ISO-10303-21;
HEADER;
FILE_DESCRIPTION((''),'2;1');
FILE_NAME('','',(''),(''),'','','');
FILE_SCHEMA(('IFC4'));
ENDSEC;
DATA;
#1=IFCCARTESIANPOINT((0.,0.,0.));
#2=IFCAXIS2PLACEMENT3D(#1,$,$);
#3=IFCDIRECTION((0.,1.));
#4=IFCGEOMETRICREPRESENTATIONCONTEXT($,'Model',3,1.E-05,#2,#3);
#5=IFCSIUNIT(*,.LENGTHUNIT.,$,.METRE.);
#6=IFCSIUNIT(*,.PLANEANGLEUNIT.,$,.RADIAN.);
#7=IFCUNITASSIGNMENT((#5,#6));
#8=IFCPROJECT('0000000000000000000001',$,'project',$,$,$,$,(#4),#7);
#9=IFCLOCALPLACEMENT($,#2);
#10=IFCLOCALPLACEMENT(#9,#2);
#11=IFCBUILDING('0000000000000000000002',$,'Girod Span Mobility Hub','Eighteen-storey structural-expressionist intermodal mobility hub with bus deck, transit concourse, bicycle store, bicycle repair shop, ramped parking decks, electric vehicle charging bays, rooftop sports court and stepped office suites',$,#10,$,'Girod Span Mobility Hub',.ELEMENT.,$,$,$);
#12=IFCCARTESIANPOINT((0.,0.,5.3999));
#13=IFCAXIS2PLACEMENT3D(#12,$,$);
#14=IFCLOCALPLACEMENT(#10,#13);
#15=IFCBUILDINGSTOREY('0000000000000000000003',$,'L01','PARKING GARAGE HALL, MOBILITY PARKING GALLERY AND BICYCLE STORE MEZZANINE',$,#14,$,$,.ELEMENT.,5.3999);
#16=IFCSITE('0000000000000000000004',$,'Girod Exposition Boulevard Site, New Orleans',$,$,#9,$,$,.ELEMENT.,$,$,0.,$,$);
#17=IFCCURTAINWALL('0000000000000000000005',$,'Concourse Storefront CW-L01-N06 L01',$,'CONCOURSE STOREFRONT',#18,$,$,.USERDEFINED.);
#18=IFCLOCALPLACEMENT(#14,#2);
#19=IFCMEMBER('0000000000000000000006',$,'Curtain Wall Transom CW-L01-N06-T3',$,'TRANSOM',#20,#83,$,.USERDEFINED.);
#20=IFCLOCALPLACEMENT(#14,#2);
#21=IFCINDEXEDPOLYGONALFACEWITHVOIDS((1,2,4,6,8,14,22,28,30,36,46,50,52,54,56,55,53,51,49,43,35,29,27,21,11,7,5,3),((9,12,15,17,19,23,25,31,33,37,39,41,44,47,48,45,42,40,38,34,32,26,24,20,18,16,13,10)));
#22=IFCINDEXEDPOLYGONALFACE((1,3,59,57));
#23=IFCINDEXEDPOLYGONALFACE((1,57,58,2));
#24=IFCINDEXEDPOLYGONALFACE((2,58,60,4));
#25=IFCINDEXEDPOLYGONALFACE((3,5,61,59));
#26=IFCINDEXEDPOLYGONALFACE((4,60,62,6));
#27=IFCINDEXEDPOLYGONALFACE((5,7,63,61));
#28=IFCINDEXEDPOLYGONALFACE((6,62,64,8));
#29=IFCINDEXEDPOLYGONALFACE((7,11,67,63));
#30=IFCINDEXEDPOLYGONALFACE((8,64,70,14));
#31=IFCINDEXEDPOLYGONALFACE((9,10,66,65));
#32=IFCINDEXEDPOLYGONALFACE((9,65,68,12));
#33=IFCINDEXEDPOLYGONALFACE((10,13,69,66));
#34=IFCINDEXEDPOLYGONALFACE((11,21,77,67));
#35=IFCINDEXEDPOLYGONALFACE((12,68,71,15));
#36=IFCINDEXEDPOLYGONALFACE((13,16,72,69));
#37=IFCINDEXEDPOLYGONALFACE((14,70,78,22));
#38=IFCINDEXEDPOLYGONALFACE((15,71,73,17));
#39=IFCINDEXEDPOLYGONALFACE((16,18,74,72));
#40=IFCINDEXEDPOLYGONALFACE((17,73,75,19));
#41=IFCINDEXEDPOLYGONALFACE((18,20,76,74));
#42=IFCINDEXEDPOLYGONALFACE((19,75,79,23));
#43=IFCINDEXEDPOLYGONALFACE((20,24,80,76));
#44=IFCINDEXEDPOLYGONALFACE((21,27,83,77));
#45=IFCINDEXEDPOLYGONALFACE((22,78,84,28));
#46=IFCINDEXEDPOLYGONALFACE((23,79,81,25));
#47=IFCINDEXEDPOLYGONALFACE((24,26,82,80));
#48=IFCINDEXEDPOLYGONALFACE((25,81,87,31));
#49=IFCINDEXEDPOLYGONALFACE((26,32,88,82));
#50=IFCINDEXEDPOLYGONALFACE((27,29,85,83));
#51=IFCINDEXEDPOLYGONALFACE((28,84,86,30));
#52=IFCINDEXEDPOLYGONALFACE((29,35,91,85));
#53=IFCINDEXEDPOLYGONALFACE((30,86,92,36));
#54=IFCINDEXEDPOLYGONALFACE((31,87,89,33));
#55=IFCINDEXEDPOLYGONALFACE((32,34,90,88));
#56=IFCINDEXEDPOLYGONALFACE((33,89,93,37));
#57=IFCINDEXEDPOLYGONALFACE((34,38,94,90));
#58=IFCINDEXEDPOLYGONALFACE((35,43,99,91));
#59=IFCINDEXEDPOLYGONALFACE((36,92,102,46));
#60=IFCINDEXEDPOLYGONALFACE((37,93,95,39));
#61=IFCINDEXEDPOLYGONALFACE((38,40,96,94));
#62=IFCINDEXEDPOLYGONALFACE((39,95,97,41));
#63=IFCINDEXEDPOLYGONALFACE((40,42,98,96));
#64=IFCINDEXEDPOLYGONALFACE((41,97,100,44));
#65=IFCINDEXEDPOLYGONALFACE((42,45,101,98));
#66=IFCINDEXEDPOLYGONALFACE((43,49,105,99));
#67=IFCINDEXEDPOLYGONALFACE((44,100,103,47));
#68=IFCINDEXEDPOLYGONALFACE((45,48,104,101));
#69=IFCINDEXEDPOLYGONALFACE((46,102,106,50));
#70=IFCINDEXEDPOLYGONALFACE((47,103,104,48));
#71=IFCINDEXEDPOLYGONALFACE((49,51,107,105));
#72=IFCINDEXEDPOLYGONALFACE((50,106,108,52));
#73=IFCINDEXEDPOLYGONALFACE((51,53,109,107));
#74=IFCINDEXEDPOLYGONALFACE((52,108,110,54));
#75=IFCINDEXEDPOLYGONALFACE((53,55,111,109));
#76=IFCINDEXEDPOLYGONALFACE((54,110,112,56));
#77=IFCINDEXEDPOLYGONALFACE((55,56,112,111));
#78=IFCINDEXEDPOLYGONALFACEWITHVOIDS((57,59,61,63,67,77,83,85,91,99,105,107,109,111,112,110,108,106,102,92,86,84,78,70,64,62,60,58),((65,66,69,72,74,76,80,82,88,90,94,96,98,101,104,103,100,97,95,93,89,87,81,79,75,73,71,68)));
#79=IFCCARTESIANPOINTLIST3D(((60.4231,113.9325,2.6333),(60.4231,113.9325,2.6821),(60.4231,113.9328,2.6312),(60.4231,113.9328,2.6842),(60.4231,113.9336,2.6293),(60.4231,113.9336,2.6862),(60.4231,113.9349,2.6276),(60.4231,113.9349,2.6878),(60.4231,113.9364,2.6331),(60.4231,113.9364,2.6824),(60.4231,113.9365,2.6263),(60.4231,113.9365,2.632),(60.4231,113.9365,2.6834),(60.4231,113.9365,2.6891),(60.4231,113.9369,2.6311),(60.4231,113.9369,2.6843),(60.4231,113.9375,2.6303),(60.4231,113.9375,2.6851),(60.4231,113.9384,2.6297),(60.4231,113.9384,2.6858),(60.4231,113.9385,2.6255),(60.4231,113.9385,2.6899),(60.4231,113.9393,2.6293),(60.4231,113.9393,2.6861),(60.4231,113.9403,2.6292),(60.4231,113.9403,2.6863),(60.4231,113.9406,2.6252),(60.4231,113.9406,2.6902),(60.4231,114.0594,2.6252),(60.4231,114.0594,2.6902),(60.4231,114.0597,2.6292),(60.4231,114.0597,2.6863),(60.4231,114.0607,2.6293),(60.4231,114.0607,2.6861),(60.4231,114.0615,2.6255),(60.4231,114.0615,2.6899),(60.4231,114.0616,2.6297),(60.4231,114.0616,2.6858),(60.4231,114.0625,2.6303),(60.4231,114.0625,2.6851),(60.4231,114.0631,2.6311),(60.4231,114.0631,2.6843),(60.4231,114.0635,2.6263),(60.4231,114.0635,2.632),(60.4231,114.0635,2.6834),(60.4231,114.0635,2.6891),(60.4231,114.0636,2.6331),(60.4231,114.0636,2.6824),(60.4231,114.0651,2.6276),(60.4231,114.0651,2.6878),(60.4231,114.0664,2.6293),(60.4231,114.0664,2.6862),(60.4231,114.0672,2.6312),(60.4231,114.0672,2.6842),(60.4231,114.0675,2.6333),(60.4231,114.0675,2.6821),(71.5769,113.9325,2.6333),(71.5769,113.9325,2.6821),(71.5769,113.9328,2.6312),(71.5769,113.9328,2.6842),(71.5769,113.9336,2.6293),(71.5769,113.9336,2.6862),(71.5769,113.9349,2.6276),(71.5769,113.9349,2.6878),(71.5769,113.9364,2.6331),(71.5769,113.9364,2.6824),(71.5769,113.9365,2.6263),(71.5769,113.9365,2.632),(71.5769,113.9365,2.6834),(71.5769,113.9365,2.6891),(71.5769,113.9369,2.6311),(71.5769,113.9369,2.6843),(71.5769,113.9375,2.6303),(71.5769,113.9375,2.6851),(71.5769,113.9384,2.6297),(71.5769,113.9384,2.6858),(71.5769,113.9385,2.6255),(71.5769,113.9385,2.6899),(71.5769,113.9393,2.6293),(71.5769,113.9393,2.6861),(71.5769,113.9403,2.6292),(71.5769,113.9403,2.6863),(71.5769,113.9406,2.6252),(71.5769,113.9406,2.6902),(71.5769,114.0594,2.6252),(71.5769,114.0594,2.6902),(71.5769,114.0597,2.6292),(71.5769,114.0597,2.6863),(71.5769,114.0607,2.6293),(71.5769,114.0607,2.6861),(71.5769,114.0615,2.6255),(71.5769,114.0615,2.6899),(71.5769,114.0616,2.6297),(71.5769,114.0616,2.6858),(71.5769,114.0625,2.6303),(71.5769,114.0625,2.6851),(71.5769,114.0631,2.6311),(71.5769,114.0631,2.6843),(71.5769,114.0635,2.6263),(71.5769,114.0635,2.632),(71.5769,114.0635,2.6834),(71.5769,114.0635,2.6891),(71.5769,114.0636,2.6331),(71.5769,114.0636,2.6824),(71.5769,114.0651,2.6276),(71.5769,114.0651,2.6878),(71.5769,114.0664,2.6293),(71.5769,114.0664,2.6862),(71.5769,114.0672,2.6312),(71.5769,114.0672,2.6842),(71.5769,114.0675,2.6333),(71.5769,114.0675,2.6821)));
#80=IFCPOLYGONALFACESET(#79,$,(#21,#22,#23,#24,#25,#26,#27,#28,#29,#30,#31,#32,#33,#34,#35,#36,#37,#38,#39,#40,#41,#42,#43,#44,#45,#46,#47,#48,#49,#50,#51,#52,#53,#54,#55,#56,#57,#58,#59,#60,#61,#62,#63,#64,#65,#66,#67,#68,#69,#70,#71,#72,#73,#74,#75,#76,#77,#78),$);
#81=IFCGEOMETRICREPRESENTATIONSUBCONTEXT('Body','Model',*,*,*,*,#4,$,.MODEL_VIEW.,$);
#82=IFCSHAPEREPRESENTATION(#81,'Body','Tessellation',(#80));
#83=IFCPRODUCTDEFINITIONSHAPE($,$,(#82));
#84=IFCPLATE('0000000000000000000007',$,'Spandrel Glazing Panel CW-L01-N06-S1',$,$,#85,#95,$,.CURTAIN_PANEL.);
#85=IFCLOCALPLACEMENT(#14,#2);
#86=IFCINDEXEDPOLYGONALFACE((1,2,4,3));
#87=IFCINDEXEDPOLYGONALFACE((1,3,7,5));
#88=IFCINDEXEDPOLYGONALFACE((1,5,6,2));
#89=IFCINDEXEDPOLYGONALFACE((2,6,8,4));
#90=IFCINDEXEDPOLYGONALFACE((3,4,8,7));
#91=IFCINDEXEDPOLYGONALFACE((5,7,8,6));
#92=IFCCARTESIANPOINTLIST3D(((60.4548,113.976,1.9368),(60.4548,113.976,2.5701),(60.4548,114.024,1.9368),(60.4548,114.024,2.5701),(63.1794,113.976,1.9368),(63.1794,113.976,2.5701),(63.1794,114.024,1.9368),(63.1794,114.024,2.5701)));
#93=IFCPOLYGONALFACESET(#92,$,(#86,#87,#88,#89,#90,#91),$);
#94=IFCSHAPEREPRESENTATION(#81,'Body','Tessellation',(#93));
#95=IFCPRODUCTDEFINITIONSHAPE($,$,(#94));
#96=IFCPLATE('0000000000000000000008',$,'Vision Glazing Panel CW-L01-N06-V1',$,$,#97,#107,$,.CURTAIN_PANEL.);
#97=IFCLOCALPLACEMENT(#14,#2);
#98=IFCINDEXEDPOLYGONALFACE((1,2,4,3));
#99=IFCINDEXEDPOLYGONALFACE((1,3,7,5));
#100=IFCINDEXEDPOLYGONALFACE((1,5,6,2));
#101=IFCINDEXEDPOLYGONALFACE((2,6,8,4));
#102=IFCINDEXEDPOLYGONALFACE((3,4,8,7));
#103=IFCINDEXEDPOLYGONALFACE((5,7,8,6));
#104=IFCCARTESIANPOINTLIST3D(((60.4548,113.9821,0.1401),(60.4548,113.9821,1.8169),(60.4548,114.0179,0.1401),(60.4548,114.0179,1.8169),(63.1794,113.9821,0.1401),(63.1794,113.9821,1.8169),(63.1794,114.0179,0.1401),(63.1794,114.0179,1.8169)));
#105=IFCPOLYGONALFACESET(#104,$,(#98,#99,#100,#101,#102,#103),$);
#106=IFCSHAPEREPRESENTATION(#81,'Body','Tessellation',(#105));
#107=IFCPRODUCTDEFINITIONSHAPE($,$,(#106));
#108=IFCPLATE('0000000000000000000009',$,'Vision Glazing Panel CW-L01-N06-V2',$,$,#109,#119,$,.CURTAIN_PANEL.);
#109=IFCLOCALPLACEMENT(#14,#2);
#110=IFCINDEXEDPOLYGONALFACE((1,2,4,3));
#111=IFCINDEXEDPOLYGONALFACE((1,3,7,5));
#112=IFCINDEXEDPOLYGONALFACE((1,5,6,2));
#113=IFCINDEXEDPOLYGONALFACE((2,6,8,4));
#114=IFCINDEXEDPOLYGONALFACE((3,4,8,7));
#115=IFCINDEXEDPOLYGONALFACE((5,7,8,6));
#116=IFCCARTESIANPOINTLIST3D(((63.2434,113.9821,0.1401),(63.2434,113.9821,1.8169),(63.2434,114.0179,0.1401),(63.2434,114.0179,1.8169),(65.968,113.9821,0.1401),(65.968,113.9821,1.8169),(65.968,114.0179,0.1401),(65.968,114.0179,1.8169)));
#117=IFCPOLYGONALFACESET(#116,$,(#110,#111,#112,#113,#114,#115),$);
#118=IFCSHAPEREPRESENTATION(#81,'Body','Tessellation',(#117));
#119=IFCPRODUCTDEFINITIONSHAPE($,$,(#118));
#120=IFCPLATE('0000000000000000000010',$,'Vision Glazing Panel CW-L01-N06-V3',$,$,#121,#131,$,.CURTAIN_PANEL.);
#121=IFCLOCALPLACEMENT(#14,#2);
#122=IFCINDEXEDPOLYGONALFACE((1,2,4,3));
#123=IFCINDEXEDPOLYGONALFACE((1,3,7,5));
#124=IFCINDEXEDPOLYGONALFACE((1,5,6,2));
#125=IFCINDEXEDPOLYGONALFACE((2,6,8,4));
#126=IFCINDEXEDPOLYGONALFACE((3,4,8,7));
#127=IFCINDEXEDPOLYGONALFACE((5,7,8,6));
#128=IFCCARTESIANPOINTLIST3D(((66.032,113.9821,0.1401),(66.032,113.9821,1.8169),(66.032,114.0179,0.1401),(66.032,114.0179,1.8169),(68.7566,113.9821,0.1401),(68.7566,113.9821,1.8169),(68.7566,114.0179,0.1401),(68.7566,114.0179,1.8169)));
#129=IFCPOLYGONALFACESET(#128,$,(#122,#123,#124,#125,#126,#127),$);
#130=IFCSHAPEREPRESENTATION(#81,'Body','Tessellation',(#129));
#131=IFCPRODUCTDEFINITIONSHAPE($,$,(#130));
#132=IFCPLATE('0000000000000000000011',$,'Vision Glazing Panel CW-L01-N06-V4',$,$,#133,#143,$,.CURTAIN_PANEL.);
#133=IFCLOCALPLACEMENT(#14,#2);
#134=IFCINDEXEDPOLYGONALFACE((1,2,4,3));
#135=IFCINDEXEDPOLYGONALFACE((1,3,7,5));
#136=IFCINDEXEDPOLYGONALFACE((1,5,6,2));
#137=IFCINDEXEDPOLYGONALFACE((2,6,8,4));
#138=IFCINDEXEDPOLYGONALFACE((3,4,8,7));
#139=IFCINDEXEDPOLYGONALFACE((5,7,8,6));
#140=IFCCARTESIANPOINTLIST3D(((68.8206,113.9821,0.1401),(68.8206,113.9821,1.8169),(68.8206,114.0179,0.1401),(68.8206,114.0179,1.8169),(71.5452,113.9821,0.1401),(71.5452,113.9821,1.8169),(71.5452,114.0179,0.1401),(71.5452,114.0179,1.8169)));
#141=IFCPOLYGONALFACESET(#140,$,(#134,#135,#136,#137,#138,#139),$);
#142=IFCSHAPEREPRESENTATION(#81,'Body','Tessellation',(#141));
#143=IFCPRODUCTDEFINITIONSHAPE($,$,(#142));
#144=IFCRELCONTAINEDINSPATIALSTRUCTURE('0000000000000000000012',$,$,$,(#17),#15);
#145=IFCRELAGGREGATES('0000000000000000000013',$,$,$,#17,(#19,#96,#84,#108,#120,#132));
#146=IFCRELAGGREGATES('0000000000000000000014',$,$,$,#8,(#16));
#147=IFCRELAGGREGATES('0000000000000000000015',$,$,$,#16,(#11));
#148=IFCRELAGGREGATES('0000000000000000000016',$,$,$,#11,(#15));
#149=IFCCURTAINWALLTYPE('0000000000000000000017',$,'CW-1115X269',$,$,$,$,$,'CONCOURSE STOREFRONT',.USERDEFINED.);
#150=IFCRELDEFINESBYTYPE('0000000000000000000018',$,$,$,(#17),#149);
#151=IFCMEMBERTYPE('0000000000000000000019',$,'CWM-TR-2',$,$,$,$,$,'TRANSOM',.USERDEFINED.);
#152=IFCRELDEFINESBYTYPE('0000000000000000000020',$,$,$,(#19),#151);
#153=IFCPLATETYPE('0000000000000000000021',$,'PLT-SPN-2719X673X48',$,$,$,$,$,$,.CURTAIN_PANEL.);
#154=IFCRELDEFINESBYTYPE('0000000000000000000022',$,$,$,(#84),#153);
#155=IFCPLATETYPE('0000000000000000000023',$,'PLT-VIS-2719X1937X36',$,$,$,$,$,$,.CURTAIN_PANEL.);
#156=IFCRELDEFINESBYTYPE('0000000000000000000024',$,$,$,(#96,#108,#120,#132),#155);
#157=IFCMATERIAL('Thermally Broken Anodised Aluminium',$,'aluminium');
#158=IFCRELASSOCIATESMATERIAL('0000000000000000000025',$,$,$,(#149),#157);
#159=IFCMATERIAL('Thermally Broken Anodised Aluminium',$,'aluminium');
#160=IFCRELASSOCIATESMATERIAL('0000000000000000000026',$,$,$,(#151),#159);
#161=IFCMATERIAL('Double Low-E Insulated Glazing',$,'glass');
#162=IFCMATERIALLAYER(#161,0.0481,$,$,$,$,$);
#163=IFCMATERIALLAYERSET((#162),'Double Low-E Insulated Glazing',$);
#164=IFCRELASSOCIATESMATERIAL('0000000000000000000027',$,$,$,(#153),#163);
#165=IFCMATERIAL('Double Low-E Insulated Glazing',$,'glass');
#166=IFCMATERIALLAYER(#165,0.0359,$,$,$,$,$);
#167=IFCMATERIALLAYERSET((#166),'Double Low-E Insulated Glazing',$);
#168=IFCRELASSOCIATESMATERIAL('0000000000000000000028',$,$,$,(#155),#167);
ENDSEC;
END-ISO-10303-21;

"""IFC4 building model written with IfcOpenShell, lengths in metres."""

from ifc_helpers import new_model, si_unit, direction, frame, origin, origin_2d, place, context, subcontext, project, spatial, rectangle, hollow_rectangle, extrude, material, layer, layer_set, material_profile, profile_set, type_object, element, aggregate, save


model = new_model("IFC4")

# Units and contexts
model_context = context("Model", 3, precision=1e-05, world=origin(), true_north=direction((0.0, 1.0)))
body_context = subcontext(model_context, "Body", "Model", "MODEL_VIEW")
ifc_project = project(units=[si_unit("LENGTHUNIT", "METRE"), si_unit("PLANEANGLEUNIT", "RADIAN")], contexts=[model_context])

# Site, building, storey
site_placement = place(None, origin())
site = spatial("IfcSite", under=ifc_project, at=site_placement, Name="Girod Exposition Boulevard Site, New Orleans", CompositionType="ELEMENT", RefElevation=0.0)
building_placement = place(site_placement, origin())
building = spatial("IfcBuilding", under=site, at=building_placement, Name="Girod Span Mobility Hub", Description="Eighteen-storey structural-expressionist intermodal mobility hub with bus deck, transit concourse, bicycle store, bicycle repair shop, ramped parking decks, electric vehicle charging bays, rooftop sports court and stepped office suites", LongName="Girod Span Mobility Hub", CompositionType="ELEMENT")
storey_placement = place(building_placement, frame((0.0, 0.0, 5.3999)))
storey = spatial("IfcBuildingStorey", under=building, at=storey_placement, Name="L01", Description="PARKING GARAGE HALL, MOBILITY PARKING GALLERY AND BICYCLE STORE MEZZANINE", CompositionType="ELEMENT", Elevation=5.3999)

# Curtain wall, member, plates
ifc_material_1 = material(Name="Thermally Broken Anodised Aluminium", Category="aluminium")
curtain_wall_type = type_object("IfcCurtainWallType", Name="CW-1115X269", ElementType="CONCOURSE STOREFRONT", PredefinedType="USERDEFINED", material=ifc_material_1)
curtain_wall_placement = place(storey_placement, origin())
curtain_wall = element("IfcCurtainWall", 1, at=curtain_wall_placement, inside=storey, type_object=curtain_wall_type, Name="Concourse Storefront CW-L01-N06 L01", ObjectType="CONCOURSE STOREFRONT", PredefinedType="USERDEFINED")
ifc_material_2 = material(Name="Thermally Broken Anodised Aluminium", Category="aluminium")
ifc_material_profile_1 = material_profile(ifc_material_2, hollow_rectangle(XDim=0.135, YDim=0.0649, WallThickness=0.0039, InnerFilletRadius=0.0039, OuterFilletRadius=0.0081, at=origin_2d()), Name="CW-TR-65X135")
ifc_profile_set_1 = profile_set([ifc_material_profile_1], Name="Thermally Broken Anodised Aluminium")
member_type_1 = type_object("IfcMemberType", Name="CWM-TR-2", ElementType="TRANSOM", PredefinedType="USERDEFINED", material=ifc_profile_set_1)
member_1_placement = place(storey_placement, frame((60.4231, 114.0, 2.6577), z_axis=(1.0, 0.0, 0.0), x_axis=(0.0, 1.0, 0.0)))
member_1 = element("IfcMember", 2, at=member_1_placement, type_object=member_type_1, Name="Curtain Wall Transom CW-L01-N06-T3", ObjectType="TRANSOM", PredefinedType="USERDEFINED", context=body_context, shape_type="SweptSolid", body=[
    extrude(hollow_rectangle(XDim=0.135, YDim=0.0649, WallThickness=0.0039, InnerFilletRadius=0.0039, OuterFilletRadius=0.0081, at=origin_2d()), origin(), (0.0, 0.0, 1.0), 11.1538),
])
ifc_material_3 = material(Name="Double Low-E Insulated Glazing", Category="glass")
ifc_layer_1 = layer(ifc_material_3, 0.0481)
ifc_layer_set_1 = layer_set([ifc_layer_1], Name="Double Low-E Insulated Glazing")
plate_type_1 = type_object("IfcPlateType", Name="PLT-SPN-2719X673X48", PredefinedType="CURTAIN_PANEL", material=ifc_layer_set_1)
plate_1_placement = place(storey_placement, frame((61.8171, 114.0, 1.9368), z_axis=(0.0, 0.0, 1.0), x_axis=(1.0, 0.0, 0.0)))
plate_1 = element("IfcPlate", 3, at=plate_1_placement, type_object=plate_type_1, Name="Spandrel Glazing Panel CW-L01-N06-S1", PredefinedType="CURTAIN_PANEL", context=body_context, shape_type="SweptSolid", body=[
    extrude(rectangle(XDim=2.7246, YDim=0.0481, at=origin_2d()), origin(), (0.0, 0.0, 1.0), 0.6333),
])
ifc_material_4 = material(Name="Double Low-E Insulated Glazing", Category="glass")
ifc_layer_2 = layer(ifc_material_4, 0.0359)
ifc_layer_set_2 = layer_set([ifc_layer_2], Name="Double Low-E Insulated Glazing")
plate_type_2 = type_object("IfcPlateType", Name="PLT-VIS-2719X1937X36", PredefinedType="CURTAIN_PANEL", material=ifc_layer_set_2)
plate_2_placement = place(storey_placement, frame((61.8171, 114.0, 0.1401), z_axis=(0.0, 0.0, 1.0), x_axis=(1.0, 0.0, 0.0)))
plate_2 = element("IfcPlate", 4, at=plate_2_placement, type_object=plate_type_2, Name="Vision Glazing Panel CW-L01-N06-V1", PredefinedType="CURTAIN_PANEL", context=body_context, shape_type="SweptSolid", body=[
    extrude(rectangle(XDim=2.7246, YDim=0.0359, at=origin_2d()), origin(), (0.0, 0.0, 1.0), 1.6768),
])
plate_3_placement = place(storey_placement, frame((64.6057, 114.0, 0.1401), z_axis=(0.0, 0.0, 1.0), x_axis=(1.0, 0.0, 0.0)))
plate_3 = element("IfcPlate", 5, at=plate_3_placement, type_object=plate_type_2, Name="Vision Glazing Panel CW-L01-N06-V2", PredefinedType="CURTAIN_PANEL", context=body_context, shape_type="SweptSolid", body=[
    extrude(rectangle(XDim=2.7246, YDim=0.0359, at=origin_2d()), origin(), (0.0, 0.0, 1.0), 1.6768),
])
plate_4_placement = place(storey_placement, frame((67.3943, 114.0, 0.1401), z_axis=(0.0, 0.0, 1.0), x_axis=(1.0, 0.0, 0.0)))
plate_4 = element("IfcPlate", 6, at=plate_4_placement, type_object=plate_type_2, Name="Vision Glazing Panel CW-L01-N06-V3", PredefinedType="CURTAIN_PANEL", context=body_context, shape_type="SweptSolid", body=[
    extrude(rectangle(XDim=2.7246, YDim=0.0359, at=origin_2d()), origin(), (0.0, 0.0, 1.0), 1.6768),
])
plate_5_placement = place(storey_placement, frame((70.1829, 114.0, 0.1401), z_axis=(0.0, 0.0, 1.0), x_axis=(1.0, 0.0, 0.0)))
plate_5 = element("IfcPlate", 7, at=plate_5_placement, type_object=plate_type_2, Name="Vision Glazing Panel CW-L01-N06-V4", PredefinedType="CURTAIN_PANEL", context=body_context, shape_type="SweptSolid", body=[
    extrude(rectangle(XDim=2.7246, YDim=0.0359, at=origin_2d()), origin(), (0.0, 0.0, 1.0), 1.6768),
])
aggregate(curtain_wall, [member_1, plate_2, plate_1, plate_3, plate_4, plate_5])

save(model, "model.ifc")
